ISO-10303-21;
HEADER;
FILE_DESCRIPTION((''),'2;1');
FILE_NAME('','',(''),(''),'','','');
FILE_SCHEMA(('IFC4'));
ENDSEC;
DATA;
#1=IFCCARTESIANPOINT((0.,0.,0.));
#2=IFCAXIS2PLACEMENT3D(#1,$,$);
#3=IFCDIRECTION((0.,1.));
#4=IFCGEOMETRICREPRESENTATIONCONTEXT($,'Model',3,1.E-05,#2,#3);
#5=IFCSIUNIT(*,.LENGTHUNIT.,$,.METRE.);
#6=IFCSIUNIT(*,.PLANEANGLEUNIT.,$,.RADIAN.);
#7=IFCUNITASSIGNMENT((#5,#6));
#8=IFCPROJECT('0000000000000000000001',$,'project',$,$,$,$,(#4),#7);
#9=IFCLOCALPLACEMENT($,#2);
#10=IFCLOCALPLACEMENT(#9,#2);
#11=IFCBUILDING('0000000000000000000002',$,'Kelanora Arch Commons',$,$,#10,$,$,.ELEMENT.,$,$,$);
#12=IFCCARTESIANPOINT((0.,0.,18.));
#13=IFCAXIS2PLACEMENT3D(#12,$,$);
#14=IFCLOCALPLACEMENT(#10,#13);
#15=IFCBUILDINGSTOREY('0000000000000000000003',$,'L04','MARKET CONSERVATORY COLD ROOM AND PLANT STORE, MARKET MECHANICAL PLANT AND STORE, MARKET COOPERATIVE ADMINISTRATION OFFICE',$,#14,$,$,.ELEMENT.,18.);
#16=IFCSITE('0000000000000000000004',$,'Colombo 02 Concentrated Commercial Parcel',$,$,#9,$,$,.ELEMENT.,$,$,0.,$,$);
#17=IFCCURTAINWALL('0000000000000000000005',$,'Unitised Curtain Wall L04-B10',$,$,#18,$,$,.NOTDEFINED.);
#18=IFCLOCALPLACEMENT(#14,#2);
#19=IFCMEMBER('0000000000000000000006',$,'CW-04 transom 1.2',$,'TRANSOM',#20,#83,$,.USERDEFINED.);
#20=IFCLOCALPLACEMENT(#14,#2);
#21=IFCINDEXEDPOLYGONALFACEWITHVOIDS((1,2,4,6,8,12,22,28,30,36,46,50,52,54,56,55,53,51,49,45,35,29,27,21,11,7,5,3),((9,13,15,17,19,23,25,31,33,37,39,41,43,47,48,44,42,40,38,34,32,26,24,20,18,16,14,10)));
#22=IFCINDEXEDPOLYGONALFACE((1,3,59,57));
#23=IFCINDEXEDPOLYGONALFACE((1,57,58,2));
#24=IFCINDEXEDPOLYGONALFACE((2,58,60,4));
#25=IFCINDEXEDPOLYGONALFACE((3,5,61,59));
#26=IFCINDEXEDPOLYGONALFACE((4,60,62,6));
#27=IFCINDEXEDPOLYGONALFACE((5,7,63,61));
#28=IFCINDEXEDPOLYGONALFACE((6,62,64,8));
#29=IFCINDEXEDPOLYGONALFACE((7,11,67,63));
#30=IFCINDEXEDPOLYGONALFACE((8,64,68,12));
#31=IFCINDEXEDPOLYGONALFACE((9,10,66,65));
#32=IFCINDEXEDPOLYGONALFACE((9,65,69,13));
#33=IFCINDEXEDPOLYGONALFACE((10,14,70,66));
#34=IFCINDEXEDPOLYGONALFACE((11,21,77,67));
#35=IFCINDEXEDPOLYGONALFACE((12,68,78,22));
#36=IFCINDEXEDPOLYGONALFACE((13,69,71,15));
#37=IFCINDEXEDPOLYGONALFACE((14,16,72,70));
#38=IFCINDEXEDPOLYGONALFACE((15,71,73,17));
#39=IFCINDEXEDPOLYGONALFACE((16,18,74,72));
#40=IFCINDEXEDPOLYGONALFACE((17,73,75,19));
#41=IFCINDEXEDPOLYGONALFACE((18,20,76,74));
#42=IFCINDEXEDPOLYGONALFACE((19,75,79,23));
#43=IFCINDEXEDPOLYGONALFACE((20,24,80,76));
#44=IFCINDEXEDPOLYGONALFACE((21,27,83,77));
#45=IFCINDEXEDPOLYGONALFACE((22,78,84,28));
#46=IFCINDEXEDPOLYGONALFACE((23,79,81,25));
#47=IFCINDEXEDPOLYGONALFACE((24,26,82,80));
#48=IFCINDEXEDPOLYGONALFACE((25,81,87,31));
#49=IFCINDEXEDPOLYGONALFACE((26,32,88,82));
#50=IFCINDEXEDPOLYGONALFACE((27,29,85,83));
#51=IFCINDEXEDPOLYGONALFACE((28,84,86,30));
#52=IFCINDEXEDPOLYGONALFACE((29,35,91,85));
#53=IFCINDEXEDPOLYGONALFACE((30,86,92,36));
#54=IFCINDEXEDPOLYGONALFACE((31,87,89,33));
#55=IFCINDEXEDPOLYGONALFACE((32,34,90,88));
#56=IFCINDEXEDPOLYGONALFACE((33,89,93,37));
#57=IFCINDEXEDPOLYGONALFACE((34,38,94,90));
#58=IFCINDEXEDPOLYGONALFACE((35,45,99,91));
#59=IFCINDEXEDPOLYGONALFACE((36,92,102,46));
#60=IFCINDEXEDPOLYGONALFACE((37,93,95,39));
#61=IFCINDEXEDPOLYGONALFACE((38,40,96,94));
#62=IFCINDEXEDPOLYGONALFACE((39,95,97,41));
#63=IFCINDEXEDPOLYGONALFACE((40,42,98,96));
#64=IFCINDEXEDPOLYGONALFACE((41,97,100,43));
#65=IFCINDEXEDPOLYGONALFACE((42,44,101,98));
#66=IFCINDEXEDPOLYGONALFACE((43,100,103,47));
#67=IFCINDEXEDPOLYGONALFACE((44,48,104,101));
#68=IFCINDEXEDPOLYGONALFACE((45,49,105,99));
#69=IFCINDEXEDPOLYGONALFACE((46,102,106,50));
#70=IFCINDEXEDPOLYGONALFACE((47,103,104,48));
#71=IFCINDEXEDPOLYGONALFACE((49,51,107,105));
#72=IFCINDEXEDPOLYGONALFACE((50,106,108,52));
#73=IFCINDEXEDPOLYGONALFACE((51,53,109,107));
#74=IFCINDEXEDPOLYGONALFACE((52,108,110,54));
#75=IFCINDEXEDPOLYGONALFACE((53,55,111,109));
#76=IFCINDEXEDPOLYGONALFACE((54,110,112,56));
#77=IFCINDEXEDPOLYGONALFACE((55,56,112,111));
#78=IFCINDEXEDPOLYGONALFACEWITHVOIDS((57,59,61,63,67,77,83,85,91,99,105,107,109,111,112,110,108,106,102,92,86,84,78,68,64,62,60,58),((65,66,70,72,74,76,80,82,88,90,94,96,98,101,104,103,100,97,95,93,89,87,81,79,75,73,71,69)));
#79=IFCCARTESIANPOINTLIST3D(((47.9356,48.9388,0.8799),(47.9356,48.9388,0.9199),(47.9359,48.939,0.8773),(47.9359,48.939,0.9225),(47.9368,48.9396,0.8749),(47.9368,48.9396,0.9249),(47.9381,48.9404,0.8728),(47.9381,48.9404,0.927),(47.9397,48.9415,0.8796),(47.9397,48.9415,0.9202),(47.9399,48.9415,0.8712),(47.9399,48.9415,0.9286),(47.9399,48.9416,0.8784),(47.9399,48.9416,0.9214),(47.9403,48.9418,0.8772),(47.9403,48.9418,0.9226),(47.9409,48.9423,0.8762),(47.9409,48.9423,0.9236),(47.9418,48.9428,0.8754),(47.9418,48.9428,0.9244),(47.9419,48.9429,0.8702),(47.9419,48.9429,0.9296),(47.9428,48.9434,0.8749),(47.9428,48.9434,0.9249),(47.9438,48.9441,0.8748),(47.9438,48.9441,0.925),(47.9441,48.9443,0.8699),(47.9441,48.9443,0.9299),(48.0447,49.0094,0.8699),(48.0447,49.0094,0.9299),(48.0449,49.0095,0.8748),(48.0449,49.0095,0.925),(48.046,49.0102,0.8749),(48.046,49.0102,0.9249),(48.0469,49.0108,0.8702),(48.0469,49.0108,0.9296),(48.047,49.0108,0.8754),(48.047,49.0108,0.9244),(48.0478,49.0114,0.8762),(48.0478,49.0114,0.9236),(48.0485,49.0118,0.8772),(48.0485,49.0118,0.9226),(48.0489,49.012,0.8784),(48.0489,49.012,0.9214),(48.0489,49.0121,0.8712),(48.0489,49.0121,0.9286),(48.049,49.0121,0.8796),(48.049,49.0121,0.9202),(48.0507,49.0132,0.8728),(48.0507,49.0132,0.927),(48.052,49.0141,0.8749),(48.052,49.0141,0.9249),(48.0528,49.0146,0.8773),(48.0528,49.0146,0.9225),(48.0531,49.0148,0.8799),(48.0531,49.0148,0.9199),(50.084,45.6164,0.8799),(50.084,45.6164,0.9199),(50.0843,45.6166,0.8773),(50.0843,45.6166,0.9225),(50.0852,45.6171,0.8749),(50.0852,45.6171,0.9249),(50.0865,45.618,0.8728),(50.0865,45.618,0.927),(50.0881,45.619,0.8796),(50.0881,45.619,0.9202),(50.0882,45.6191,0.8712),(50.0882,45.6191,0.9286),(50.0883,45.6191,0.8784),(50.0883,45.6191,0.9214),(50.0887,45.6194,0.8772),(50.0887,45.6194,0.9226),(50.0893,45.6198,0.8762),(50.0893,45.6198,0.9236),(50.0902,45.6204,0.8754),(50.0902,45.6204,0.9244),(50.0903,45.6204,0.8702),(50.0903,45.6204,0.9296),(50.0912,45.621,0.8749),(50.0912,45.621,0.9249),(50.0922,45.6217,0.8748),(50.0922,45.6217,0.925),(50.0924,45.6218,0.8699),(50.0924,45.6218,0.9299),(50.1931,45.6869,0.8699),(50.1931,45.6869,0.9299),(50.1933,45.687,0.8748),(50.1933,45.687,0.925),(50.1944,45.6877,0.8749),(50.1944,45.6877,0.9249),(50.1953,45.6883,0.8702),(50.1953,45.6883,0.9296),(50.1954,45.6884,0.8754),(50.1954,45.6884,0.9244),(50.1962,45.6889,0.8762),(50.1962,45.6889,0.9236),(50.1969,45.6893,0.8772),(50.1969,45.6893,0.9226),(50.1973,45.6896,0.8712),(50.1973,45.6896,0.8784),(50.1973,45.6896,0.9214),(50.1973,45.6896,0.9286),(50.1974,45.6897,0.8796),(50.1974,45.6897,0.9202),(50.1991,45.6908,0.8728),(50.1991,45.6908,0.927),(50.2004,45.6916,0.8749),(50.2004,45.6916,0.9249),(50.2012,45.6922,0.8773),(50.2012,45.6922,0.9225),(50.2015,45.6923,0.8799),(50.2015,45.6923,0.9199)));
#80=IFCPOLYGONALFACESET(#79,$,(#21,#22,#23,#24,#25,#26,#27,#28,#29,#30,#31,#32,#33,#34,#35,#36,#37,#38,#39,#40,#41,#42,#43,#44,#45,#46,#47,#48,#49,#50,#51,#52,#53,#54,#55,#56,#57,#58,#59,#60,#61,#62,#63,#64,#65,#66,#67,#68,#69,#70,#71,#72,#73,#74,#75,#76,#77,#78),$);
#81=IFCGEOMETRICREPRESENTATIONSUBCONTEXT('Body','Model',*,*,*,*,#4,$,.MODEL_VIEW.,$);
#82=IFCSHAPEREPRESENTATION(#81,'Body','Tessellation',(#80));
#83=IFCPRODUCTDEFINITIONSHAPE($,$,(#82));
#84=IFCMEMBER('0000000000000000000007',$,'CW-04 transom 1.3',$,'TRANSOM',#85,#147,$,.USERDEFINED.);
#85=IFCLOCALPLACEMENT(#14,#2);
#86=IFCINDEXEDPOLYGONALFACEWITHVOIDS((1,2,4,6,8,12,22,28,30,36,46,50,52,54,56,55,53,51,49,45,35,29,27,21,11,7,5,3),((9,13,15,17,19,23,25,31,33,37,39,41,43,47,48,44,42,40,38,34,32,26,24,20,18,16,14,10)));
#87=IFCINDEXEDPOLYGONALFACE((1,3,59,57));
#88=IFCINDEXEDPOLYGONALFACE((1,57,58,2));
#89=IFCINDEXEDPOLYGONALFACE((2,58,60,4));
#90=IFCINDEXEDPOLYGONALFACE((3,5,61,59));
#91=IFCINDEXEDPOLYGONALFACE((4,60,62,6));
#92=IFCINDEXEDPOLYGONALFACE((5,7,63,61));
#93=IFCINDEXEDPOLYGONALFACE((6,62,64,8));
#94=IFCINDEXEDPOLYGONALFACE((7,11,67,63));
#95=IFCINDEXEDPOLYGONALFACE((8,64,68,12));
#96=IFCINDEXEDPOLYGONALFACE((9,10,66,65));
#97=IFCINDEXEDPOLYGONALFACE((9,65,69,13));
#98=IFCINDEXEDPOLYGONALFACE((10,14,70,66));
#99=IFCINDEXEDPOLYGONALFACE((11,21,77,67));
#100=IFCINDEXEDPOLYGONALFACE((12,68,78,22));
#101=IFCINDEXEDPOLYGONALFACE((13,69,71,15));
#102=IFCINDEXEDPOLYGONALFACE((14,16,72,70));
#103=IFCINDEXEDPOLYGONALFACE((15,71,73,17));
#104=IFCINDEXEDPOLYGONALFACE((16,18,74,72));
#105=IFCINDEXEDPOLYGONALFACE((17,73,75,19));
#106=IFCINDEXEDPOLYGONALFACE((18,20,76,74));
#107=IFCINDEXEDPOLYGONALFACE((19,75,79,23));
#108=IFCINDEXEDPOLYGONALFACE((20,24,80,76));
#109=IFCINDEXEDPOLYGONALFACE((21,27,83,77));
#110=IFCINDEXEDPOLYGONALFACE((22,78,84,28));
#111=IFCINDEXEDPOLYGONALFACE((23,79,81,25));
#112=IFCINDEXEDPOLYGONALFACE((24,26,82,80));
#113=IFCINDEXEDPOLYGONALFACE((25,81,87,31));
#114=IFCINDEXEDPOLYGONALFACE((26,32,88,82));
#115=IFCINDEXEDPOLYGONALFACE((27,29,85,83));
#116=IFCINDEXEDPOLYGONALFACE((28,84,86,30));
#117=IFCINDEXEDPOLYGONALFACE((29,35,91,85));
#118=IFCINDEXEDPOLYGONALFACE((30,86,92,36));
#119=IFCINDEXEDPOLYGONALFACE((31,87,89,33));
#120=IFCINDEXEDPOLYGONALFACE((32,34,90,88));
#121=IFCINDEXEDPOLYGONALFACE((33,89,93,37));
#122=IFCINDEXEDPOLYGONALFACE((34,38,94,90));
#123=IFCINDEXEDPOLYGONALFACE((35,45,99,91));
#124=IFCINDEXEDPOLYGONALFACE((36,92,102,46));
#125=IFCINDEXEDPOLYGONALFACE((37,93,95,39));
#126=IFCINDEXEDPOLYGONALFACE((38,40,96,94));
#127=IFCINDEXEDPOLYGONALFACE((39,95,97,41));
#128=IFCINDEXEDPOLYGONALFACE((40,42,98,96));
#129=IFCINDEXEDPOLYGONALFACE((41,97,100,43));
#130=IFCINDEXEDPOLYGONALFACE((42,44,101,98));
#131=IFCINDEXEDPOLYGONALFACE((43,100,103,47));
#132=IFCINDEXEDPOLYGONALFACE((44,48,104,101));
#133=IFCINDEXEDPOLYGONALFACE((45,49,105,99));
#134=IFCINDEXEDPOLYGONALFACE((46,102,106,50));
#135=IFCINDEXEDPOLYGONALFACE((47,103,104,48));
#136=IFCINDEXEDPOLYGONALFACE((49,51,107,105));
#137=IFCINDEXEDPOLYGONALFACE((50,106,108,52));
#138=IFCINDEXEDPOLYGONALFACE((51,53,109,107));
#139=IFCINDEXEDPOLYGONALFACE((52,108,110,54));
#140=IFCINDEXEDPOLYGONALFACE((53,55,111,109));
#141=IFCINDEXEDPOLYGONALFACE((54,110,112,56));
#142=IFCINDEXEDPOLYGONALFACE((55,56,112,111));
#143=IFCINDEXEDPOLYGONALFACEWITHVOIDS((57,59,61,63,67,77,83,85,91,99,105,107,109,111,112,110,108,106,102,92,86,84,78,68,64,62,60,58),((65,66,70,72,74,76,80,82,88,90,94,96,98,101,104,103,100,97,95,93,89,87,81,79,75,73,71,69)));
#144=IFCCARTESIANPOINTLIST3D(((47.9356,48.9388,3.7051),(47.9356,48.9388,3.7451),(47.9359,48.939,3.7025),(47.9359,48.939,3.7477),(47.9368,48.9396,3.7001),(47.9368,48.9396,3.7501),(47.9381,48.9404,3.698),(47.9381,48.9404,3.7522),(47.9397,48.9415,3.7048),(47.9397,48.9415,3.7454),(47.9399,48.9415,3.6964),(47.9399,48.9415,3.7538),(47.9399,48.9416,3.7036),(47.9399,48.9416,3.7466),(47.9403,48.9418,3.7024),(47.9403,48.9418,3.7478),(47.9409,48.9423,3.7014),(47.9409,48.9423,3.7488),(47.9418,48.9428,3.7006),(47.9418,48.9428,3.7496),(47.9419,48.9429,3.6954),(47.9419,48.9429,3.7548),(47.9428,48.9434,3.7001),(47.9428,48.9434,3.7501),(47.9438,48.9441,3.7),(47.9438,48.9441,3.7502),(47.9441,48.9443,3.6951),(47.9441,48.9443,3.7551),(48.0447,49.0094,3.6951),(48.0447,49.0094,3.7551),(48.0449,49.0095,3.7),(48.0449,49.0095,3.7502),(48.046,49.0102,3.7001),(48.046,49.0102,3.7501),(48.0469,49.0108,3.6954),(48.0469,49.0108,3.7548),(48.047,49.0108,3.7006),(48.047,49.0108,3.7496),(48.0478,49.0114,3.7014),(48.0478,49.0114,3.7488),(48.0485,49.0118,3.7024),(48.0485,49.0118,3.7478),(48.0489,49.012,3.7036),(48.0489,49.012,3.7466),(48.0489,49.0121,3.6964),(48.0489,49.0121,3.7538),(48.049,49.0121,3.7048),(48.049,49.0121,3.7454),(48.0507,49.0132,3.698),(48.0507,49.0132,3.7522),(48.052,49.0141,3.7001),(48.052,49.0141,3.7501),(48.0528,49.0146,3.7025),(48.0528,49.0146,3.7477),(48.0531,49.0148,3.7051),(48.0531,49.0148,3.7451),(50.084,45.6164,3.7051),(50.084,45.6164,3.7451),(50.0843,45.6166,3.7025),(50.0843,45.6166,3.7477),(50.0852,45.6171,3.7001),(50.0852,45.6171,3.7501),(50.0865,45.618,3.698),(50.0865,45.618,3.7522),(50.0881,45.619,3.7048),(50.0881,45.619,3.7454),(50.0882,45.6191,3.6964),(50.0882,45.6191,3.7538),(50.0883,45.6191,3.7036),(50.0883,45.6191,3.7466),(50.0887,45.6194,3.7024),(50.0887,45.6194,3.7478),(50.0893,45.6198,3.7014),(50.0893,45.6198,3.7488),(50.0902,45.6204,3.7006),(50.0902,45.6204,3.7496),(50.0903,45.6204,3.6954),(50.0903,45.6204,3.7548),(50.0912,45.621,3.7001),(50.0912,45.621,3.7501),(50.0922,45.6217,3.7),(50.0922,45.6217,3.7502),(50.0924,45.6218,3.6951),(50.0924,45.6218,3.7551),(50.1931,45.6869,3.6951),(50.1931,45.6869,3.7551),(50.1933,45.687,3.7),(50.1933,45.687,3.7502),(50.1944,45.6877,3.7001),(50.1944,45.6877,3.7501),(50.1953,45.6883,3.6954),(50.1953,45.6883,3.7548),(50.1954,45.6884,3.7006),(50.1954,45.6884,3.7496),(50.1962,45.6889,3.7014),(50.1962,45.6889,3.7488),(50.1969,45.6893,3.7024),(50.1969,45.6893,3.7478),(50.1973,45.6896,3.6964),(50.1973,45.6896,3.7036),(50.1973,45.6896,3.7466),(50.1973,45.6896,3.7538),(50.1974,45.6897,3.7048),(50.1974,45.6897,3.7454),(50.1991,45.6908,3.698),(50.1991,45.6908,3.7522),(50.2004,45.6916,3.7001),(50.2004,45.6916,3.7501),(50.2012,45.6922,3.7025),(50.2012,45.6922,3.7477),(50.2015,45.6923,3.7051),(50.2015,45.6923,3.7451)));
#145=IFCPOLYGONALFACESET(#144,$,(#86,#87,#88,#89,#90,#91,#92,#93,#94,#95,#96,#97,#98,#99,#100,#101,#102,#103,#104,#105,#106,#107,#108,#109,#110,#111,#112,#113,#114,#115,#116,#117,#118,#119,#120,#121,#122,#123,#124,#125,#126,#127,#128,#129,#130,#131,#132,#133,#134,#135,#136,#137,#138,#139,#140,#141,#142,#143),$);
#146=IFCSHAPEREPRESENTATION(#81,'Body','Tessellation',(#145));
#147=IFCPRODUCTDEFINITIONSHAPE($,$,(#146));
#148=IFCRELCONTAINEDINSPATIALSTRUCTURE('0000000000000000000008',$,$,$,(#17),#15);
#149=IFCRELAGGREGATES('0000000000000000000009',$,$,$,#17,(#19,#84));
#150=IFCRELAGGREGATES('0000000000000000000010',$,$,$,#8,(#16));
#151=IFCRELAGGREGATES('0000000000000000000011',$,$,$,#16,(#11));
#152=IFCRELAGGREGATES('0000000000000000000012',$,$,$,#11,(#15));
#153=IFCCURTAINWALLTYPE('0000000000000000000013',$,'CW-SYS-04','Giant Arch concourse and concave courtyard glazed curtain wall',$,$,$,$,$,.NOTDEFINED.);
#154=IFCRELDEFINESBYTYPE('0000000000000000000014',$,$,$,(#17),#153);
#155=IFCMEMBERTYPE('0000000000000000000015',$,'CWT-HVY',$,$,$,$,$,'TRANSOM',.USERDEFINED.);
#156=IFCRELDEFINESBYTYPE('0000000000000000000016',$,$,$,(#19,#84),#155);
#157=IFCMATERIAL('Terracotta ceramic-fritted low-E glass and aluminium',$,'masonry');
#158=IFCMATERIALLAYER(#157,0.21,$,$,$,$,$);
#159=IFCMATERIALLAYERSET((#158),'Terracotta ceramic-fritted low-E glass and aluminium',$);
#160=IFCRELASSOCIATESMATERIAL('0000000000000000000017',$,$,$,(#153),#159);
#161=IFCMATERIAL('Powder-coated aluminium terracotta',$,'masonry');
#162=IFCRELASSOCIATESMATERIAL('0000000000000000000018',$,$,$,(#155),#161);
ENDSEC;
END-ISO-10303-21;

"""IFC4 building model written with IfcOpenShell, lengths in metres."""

from ifc_helpers import new_model, si_unit, direction, frame, origin, origin_2d, place, context, subcontext, project, spatial, hollow_rectangle, extrude, material, layer, layer_set, material_profile, profile_set, type_object, element, aggregate, save


model = new_model("IFC4")

# Units and contexts
model_context = context("Model", 3, precision=1e-05, world=origin(), true_north=direction((0.0, 1.0)))
body_context = subcontext(model_context, "Body", "Model", "MODEL_VIEW")
ifc_project = project(units=[si_unit("LENGTHUNIT", "METRE"), si_unit("PLANEANGLEUNIT", "RADIAN")], contexts=[model_context])

# Site, building, storey
site_placement = place(None, origin())
site = spatial("IfcSite", under=ifc_project, at=site_placement, Name="Colombo 02 Concentrated Commercial Parcel", CompositionType="ELEMENT", RefElevation=0.0)
building_placement = place(site_placement, origin())
building = spatial("IfcBuilding", under=site, at=building_placement, Name="Kelanora Arch Commons", CompositionType="ELEMENT")
storey_placement = place(building_placement, frame((0.0, 0.0, 18.0)))
storey = spatial("IfcBuildingStorey", under=building, at=storey_placement, Name="L04", Description="MARKET CONSERVATORY COLD ROOM AND PLANT STORE, MARKET MECHANICAL PLANT AND STORE, MARKET COOPERATIVE ADMINISTRATION OFFICE", CompositionType="ELEMENT", Elevation=18.0)

# Curtain wall
ifc_material_1 = material(Name="Terracotta ceramic-fritted low-E glass and aluminium", Category="masonry")
ifc_layer_1 = layer(ifc_material_1, 0.21)
ifc_layer_set_1 = layer_set([ifc_layer_1], Name="Terracotta ceramic-fritted low-E glass and aluminium")
curtain_wall_type_1 = type_object("IfcCurtainWallType", Name="CW-SYS-04", Description="Giant Arch concourse and concave courtyard glazed curtain wall", PredefinedType="NOTDEFINED", material=ifc_layer_set_1)
ifc_material_2 = material(Name="Powder-coated aluminium terracotta", Category="masonry")
curtain_wall_1_placement = place(storey_placement, origin())
curtain_wall_1 = element("IfcCurtainWall", 1, at=curtain_wall_1_placement, inside=storey, type_object=curtain_wall_type_1, Name="Unitised Curtain Wall L04-B10", PredefinedType="NOTDEFINED")

# Members
ifc_material_profile_1 = material_profile(ifc_material_2, hollow_rectangle(XDim=0.1399, YDim=0.0601, WallThickness=0.0049, InnerFilletRadius=0.0049, OuterFilletRadius=0.01, at=origin_2d()), Name="CWT140x60")
ifc_profile_set_1 = profile_set([ifc_material_profile_1], Name="Powder-coated aluminium terracotta")
member_type_1 = type_object("IfcMemberType", Name="CWT-HVY", ElementType="TRANSOM", PredefinedType="USERDEFINED", material=ifc_profile_set_1)
member_1_placement = place(storey_placement, frame((47.9944, 48.9768, 0.8999), z_axis=(0.542998, -0.839734, 0.0), x_axis=(0.839734, 0.542998, 0.0)))
member_1 = element("IfcMember", 2, at=member_1_placement, type_object=member_type_1, Name="CW-04 transom 1.2", ObjectType="TRANSOM", PredefinedType="USERDEFINED", context=body_context, shape_type="SweptSolid", body=[
    extrude(hollow_rectangle(XDim=0.1399, YDim=0.0601, WallThickness=0.0049, InnerFilletRadius=0.0049, OuterFilletRadius=0.01, at=origin_2d()), origin(), (0.0, 0.0, 1.0), 3.9565),
])
member_2_placement = place(storey_placement, frame((47.9944, 48.9768, 3.7251), z_axis=(0.542998, -0.839734, 0.0), x_axis=(0.839734, 0.542998, 0.0)))
member_2 = element("IfcMember", 3, at=member_2_placement, type_object=member_type_1, Name="CW-04 transom 1.3", ObjectType="TRANSOM", PredefinedType="USERDEFINED", context=body_context, shape_type="SweptSolid", body=[
    extrude(hollow_rectangle(XDim=0.1399, YDim=0.0601, WallThickness=0.0049, InnerFilletRadius=0.0049, OuterFilletRadius=0.01, at=origin_2d()), origin(), (0.0, 0.0, 1.0), 3.9565),
])

aggregate(curtain_wall_1, [member_1, member_2])

save(model, "model.ifc")
